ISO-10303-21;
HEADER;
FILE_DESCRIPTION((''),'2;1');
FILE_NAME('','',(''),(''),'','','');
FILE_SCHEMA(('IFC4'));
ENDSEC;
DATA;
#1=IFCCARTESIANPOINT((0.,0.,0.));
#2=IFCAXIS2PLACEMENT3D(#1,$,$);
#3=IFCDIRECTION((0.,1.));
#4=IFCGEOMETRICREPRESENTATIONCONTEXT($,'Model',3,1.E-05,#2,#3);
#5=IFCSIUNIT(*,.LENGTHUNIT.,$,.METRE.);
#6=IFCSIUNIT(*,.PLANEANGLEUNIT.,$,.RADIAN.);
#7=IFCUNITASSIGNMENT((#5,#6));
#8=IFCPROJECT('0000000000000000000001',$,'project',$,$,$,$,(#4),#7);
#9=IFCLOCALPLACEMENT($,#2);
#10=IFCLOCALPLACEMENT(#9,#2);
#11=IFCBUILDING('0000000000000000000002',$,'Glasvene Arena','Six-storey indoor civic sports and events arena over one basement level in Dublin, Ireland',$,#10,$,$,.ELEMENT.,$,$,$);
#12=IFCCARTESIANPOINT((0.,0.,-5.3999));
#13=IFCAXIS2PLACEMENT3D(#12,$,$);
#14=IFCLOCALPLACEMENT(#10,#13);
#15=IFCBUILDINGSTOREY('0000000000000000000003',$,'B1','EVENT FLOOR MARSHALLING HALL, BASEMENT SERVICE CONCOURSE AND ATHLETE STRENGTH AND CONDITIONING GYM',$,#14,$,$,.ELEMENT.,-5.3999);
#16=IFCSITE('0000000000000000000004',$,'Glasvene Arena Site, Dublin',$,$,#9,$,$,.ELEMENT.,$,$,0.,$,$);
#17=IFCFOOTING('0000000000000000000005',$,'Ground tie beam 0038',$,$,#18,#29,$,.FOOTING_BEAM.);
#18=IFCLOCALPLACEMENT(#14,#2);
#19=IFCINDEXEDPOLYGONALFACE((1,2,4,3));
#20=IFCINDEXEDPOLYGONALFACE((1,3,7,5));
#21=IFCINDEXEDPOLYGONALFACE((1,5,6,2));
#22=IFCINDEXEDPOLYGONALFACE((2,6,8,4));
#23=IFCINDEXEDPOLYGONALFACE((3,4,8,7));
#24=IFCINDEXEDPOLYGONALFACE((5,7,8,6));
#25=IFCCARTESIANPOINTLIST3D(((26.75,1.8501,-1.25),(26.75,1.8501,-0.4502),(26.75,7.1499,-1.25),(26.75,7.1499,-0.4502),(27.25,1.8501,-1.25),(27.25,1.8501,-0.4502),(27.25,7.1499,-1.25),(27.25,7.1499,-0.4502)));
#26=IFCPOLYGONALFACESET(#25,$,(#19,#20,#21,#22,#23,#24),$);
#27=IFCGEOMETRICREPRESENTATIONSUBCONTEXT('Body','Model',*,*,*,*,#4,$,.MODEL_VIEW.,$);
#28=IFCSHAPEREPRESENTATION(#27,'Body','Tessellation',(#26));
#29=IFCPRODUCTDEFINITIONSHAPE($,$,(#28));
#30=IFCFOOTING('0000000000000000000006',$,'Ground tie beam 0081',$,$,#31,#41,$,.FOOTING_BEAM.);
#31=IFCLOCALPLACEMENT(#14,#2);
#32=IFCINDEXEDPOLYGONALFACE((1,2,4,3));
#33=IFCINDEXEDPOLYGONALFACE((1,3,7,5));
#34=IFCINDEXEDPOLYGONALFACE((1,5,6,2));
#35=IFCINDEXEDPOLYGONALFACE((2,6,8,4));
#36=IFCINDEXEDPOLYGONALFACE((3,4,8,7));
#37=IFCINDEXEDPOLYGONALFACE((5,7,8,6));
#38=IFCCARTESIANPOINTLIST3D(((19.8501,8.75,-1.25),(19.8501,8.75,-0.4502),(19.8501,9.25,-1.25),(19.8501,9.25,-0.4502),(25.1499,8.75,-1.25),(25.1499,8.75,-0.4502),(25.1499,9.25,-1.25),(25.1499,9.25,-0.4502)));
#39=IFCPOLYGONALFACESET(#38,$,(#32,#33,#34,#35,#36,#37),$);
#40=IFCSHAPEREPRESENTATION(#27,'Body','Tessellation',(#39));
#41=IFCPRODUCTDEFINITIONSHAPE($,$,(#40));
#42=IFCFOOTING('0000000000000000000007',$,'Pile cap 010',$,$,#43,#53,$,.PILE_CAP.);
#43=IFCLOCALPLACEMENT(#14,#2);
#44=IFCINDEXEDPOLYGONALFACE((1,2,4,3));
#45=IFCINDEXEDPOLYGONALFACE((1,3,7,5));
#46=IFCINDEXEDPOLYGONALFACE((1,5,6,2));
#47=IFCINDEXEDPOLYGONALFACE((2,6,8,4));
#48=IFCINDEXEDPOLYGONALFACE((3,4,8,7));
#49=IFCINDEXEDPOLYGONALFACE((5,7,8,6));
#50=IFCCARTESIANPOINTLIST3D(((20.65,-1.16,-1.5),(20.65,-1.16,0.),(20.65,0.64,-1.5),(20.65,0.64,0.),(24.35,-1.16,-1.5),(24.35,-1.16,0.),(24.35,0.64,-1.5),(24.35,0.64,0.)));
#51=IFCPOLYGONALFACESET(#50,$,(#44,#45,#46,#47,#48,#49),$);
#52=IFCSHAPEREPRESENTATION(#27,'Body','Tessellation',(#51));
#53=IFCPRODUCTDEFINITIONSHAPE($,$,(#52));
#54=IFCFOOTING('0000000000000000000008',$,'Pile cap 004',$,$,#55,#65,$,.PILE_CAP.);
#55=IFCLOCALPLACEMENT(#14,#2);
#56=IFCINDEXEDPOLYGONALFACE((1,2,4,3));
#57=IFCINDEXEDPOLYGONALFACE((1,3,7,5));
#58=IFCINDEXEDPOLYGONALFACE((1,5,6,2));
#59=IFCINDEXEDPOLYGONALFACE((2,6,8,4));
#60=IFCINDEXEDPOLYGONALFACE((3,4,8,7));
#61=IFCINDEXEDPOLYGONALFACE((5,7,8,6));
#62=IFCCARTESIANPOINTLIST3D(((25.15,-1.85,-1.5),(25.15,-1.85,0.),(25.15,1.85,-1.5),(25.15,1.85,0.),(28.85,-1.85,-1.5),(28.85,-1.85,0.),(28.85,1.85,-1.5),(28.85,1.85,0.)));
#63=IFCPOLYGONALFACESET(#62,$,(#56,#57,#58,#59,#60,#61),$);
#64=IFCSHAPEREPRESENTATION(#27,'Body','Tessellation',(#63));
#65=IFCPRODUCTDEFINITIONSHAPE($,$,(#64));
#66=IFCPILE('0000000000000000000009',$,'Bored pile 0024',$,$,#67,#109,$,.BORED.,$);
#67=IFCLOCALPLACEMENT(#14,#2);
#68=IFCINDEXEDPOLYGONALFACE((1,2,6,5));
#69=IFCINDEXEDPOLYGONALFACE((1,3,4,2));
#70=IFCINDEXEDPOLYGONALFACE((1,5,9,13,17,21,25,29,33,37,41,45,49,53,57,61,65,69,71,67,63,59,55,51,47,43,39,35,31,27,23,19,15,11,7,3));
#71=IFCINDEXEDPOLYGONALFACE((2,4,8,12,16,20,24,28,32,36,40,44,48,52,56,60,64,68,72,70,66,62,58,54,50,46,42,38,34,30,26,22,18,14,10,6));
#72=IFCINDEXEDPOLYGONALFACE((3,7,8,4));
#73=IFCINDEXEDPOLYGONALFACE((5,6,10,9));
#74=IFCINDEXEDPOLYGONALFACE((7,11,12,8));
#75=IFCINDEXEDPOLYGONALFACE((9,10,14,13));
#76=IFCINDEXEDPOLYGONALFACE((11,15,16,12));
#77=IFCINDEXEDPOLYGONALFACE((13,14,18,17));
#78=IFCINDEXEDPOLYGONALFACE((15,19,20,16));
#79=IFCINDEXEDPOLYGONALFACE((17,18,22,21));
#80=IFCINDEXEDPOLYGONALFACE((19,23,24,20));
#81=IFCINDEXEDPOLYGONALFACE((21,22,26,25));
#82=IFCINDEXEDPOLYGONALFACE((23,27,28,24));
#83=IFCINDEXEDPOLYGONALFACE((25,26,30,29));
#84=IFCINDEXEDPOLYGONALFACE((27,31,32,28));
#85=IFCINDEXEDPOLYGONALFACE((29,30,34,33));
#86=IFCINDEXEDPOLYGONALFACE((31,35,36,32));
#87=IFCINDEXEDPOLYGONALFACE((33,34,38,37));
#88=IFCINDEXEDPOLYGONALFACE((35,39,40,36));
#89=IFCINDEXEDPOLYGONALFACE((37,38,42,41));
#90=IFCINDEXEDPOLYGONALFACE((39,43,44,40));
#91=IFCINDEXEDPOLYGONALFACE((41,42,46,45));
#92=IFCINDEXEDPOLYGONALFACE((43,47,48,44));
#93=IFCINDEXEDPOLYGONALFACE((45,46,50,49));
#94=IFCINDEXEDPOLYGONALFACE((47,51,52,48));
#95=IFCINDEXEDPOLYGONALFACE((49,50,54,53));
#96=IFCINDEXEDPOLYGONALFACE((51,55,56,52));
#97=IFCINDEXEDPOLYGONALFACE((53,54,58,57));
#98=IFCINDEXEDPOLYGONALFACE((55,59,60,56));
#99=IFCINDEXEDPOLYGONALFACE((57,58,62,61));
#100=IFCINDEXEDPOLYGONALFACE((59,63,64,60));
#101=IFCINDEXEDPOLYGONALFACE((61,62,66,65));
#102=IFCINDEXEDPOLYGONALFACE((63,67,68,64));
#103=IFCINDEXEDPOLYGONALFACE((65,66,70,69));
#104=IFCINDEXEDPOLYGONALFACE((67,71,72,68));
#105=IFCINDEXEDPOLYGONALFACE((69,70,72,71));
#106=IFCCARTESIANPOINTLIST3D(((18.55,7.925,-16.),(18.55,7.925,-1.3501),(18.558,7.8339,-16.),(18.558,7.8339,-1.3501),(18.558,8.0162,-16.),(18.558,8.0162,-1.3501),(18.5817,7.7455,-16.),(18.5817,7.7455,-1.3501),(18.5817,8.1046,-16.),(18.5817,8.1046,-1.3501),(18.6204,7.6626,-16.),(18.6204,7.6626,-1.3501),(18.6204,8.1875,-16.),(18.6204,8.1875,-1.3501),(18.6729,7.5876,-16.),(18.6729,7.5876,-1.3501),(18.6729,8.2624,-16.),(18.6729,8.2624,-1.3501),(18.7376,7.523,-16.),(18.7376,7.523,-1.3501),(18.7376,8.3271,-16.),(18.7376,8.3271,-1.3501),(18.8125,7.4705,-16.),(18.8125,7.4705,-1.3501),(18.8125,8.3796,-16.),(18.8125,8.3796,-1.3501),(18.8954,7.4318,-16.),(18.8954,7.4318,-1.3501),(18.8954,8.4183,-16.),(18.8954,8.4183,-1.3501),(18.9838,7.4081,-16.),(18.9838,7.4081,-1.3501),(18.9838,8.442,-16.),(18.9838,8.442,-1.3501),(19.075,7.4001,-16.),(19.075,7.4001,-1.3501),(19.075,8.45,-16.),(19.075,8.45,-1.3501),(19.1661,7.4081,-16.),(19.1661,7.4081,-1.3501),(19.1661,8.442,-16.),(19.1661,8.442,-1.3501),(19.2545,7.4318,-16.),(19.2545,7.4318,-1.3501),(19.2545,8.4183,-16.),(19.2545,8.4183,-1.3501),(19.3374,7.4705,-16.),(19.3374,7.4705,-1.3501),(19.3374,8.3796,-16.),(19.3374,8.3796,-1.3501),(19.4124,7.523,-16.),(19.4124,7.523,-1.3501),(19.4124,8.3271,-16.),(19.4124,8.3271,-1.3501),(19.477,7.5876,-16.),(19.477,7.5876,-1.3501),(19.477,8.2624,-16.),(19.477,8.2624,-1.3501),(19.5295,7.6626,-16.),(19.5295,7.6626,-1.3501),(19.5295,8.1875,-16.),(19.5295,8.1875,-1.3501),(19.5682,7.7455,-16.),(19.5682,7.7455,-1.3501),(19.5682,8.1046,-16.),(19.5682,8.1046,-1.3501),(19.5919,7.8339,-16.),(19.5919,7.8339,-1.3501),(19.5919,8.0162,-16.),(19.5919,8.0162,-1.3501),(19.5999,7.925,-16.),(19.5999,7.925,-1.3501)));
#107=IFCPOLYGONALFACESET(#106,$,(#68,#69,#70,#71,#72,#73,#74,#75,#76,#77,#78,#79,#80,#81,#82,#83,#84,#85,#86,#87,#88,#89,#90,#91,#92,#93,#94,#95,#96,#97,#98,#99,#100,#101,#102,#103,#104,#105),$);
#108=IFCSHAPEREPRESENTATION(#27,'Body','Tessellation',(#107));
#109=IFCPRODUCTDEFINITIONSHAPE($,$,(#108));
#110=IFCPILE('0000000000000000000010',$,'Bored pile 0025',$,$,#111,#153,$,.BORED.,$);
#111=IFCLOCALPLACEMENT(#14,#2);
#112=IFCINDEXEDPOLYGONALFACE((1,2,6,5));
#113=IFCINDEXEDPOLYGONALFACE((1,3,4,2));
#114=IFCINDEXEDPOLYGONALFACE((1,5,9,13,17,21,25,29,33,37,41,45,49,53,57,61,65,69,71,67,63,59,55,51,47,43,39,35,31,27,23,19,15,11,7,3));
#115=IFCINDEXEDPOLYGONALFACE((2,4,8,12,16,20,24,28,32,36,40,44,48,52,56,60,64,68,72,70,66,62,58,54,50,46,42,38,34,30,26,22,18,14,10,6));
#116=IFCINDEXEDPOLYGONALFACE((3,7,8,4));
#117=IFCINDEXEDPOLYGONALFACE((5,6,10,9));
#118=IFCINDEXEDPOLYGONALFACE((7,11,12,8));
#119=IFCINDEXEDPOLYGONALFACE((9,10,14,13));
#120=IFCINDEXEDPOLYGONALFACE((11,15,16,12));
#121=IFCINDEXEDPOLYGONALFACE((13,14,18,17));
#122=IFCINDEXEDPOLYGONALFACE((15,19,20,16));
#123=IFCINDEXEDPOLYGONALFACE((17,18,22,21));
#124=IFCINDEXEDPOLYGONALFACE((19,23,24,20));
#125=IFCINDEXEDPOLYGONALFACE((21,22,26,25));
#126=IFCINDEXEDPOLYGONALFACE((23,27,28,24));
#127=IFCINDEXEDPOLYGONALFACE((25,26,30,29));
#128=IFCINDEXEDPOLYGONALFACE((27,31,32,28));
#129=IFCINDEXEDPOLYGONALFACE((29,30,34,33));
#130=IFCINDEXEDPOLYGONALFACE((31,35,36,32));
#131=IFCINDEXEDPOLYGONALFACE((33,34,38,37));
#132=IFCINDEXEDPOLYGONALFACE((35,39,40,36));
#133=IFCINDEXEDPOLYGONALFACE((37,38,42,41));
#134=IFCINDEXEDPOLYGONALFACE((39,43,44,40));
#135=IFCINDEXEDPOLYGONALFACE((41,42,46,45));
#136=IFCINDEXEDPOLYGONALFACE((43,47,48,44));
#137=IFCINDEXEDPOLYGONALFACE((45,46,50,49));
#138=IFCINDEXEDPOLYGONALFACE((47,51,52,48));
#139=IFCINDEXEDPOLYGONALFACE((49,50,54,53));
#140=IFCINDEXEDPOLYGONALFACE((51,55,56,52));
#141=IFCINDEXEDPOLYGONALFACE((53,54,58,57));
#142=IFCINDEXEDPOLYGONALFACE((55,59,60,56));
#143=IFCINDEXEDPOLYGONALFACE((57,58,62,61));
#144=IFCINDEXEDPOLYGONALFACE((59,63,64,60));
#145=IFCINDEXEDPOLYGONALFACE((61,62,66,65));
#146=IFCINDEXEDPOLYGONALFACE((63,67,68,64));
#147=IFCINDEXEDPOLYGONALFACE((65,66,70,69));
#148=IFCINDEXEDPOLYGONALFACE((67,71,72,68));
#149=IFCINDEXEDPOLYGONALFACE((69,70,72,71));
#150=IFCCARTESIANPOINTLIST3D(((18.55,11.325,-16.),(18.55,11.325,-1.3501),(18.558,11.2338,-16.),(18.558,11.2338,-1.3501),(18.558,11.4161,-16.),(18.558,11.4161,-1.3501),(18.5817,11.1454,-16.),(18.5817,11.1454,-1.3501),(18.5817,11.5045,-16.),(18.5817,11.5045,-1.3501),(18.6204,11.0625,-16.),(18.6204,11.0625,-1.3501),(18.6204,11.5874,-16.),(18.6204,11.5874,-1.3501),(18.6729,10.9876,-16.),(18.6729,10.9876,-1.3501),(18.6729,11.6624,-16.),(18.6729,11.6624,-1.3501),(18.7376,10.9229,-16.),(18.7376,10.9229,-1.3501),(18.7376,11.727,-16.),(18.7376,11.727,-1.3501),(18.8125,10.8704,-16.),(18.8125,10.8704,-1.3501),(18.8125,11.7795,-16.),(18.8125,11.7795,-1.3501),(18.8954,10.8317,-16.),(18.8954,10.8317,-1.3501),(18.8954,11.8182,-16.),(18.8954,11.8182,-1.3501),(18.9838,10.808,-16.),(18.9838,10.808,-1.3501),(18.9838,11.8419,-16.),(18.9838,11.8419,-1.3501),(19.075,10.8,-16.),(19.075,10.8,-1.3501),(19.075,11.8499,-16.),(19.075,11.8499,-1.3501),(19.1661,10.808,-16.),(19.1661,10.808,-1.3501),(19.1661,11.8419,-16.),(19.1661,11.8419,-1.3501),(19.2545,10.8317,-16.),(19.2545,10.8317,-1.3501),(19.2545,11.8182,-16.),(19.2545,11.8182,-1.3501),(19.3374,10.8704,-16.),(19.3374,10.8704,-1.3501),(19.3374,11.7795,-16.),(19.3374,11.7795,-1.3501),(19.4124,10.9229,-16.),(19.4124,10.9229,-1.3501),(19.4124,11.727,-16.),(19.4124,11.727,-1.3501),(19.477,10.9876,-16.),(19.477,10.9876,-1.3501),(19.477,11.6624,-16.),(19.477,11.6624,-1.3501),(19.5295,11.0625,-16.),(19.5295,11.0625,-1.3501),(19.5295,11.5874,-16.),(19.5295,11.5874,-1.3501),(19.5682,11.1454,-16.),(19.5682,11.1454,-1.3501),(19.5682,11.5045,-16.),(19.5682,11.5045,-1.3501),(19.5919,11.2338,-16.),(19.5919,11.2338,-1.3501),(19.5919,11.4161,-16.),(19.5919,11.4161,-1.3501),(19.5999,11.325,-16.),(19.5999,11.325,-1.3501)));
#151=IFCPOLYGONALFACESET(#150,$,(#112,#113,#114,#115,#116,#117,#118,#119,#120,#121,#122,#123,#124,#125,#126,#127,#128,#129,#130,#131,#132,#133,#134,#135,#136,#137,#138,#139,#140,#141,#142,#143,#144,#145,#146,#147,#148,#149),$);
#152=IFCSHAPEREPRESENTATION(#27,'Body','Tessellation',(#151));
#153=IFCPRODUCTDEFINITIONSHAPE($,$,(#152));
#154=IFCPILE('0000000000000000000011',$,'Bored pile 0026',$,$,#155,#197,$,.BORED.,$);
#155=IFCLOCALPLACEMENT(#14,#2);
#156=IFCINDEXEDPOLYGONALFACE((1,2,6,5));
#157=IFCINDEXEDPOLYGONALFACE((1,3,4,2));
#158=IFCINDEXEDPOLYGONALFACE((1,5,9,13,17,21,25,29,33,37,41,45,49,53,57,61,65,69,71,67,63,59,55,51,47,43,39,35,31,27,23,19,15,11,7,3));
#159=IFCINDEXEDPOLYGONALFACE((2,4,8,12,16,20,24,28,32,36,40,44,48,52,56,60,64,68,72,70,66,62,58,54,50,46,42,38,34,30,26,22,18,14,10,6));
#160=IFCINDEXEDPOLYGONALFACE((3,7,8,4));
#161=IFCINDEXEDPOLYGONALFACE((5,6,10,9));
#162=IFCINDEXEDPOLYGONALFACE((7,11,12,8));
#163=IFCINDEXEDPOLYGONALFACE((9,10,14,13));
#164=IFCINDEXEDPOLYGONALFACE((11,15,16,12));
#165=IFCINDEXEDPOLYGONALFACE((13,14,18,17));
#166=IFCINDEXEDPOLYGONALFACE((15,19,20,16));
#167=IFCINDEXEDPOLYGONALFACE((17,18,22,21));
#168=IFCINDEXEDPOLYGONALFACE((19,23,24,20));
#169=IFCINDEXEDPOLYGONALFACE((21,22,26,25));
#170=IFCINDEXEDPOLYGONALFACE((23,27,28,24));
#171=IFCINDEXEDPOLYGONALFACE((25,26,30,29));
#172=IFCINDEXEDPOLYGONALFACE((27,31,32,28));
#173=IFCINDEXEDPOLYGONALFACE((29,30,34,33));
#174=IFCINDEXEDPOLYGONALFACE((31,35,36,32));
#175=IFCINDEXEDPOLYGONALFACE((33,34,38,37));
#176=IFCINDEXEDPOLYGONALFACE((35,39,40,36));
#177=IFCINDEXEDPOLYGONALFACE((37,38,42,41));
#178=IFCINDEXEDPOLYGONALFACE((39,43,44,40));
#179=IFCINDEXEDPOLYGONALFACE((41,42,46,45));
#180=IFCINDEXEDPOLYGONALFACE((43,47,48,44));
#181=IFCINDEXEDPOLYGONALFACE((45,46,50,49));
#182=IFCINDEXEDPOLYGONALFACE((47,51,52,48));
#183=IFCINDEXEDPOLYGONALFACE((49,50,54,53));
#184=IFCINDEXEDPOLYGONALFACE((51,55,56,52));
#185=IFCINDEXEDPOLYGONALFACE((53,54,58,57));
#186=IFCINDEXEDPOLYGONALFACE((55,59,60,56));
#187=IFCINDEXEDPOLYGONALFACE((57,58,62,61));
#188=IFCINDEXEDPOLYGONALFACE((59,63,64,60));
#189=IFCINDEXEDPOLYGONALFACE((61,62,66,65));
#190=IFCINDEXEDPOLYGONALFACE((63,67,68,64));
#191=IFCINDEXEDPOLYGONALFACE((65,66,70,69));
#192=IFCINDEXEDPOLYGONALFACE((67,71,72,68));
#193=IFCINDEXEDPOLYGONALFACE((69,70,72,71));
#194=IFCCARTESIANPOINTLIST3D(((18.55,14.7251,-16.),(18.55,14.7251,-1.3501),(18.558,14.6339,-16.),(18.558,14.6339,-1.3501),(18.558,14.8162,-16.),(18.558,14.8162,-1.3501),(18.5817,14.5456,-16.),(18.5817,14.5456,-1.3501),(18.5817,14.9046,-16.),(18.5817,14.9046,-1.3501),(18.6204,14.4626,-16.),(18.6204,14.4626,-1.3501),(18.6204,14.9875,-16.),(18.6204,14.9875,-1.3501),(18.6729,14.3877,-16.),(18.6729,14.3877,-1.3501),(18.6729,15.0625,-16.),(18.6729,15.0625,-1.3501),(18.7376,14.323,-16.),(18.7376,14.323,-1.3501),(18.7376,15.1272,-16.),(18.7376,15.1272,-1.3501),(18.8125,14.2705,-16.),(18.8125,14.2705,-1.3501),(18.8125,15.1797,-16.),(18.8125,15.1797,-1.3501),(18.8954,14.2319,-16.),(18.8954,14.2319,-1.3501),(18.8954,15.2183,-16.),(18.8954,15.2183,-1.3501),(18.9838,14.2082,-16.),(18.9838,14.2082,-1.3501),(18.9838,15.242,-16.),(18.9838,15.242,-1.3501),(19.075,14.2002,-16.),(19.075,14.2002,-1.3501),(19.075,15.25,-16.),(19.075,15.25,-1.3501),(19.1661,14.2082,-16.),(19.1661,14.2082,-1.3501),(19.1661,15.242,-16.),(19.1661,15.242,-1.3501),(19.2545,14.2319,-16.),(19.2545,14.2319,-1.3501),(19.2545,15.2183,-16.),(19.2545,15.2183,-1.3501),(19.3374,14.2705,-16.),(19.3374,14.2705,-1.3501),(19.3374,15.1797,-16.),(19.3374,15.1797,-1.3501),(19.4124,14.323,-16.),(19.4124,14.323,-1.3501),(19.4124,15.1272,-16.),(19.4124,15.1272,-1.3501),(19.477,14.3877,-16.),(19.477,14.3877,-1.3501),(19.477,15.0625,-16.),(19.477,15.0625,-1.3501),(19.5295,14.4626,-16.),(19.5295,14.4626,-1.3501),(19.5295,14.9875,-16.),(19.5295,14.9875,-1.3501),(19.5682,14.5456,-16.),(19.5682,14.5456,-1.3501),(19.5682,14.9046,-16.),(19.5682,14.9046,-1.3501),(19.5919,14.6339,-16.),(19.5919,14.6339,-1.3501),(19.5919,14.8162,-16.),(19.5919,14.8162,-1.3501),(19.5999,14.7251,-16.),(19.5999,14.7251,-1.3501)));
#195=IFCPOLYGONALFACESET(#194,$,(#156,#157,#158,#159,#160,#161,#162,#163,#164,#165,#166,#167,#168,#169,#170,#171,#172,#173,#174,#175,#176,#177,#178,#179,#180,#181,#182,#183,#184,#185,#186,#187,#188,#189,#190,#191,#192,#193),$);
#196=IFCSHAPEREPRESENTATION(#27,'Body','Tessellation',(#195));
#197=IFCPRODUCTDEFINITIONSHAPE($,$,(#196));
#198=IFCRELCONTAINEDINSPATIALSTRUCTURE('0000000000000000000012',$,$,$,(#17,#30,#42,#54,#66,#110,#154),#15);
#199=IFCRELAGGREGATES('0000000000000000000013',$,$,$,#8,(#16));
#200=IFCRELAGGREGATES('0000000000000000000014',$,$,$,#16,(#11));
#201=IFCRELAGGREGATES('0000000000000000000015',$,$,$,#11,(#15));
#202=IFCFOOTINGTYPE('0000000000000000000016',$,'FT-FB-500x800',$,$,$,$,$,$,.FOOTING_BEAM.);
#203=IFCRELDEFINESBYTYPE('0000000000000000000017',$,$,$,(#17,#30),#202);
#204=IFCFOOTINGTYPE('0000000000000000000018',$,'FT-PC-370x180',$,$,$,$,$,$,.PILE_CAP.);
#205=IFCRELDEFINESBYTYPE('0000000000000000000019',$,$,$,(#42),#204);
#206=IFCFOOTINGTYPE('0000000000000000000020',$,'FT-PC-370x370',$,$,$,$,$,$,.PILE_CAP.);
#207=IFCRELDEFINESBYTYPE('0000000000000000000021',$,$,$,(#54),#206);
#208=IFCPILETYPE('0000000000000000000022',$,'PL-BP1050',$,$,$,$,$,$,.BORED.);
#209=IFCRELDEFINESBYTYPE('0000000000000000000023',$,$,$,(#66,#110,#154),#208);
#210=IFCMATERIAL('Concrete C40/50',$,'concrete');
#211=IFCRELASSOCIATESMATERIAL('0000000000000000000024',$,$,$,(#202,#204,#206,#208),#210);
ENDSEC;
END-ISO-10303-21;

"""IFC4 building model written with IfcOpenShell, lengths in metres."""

from ifc_helpers import new_model, si_unit, direction, frame, origin, origin_2d, place, context, subcontext, project, spatial, polyline, rectangle, circle, outline, extrude, material, material_profile, profile_set, type_object, element, save


model = new_model("IFC4")

# Units and contexts
model_context = context("Model", 3, precision=1e-05, world=origin(), true_north=direction((0.0, 1.0)))
body_context = subcontext(model_context, "Body", "Model", "MODEL_VIEW")
ifc_project = project(units=[si_unit("LENGTHUNIT", "METRE"), si_unit("PLANEANGLEUNIT", "RADIAN")], contexts=[model_context])

# Site, building, storey
site_placement = place(None, origin())
site = spatial("IfcSite", under=ifc_project, at=site_placement, Name="Glasvene Arena Site, Dublin", CompositionType="ELEMENT", RefElevation=0.0)
building_placement = place(site_placement, origin())
building = spatial("IfcBuilding", under=site, at=building_placement, Name="Glasvene Arena", Description="Six-storey indoor civic sports and events arena over one basement level in Dublin, Ireland", CompositionType="ELEMENT")
storey_placement = place(building_placement, frame((0.0, 0.0, -5.3999)))
storey = spatial("IfcBuildingStorey", under=building, at=storey_placement, Name="B1", Description="EVENT FLOOR MARSHALLING HALL, BASEMENT SERVICE CONCOURSE AND ATHLETE STRENGTH AND CONDITIONING GYM", CompositionType="ELEMENT", Elevation=-5.3999)

# Footings
ifc_material_1 = material(Name="Concrete C40/50", Category="concrete")
footing_type_1 = type_object("IfcFootingType", Name="FT-FB-500x800", PredefinedType="FOOTING_BEAM", material=ifc_material_1)
footing_1_placement = place(storey_placement, frame((27.0, 4.5, -1.25)))
element("IfcFooting", 1, at=footing_1_placement, inside=storey, type_object=footing_type_1, Name="Ground tie beam 0038", PredefinedType="FOOTING_BEAM", context=body_context, shape_type="SweptSolid", body=[
    extrude(outline(polyline([(-0.25, -2.6499), (0.25, -2.6499), (0.25, 2.6499), (-0.25, 2.6499), (-0.25, -2.6499)])), origin(), (0.0, 0.0, 1.0), 0.7998),
])
footing_2_placement = place(storey_placement, frame((22.5, 9.0, -1.25)))
element("IfcFooting", 2, at=footing_2_placement, inside=storey, type_object=footing_type_1, Name="Ground tie beam 0081", PredefinedType="FOOTING_BEAM", context=body_context, shape_type="SweptSolid", body=[
    extrude(outline(polyline([(-2.6499, -0.25), (2.6499, -0.25), (2.6499, 0.25), (-2.6499, 0.25), (-2.6499, -0.25)])), origin(), (0.0, 0.0, 1.0), 0.7998),
])
footing_type_2 = type_object("IfcFootingType", Name="FT-PC-370x180", PredefinedType="PILE_CAP", material=ifc_material_1)
footing_3_placement = place(storey_placement, frame((22.5, -0.26, -1.5), z_axis=(0.0, 0.0, 1.0), x_axis=(1.0, 0.0, 0.0)))
element("IfcFooting", 3, at=footing_3_placement, inside=storey, type_object=footing_type_2, Name="Pile cap 010", PredefinedType="PILE_CAP", context=body_context, shape_type="SweptSolid", body=[
    extrude(rectangle(XDim=3.7, YDim=1.8, at=origin_2d()), origin(), (0.0, 0.0, 1.0), 1.5),
])
footing_type_3 = type_object("IfcFootingType", Name="FT-PC-370x370", PredefinedType="PILE_CAP", material=ifc_material_1)
footing_4_placement = place(storey_placement, frame((27.0, 0.0, -1.5), z_axis=(0.0, 0.0, 1.0), x_axis=(1.0, 0.0, 0.0)))
element("IfcFooting", 4, at=footing_4_placement, inside=storey, type_object=footing_type_3, Name="Pile cap 004", PredefinedType="PILE_CAP", context=body_context, shape_type="SweptSolid", body=[
    extrude(rectangle(XDim=3.7, YDim=3.7, at=origin_2d()), origin(), (0.0, 0.0, 1.0), 1.5),
])

# Piles
ifc_material_profile_1 = material_profile(ifc_material_1, circle(Radius=0.5249, at=origin_2d()), Name="BORED PILE 1050")
ifc_profile_set_1 = profile_set([ifc_material_profile_1], Name="Concrete C40/50")
pile_type_1 = type_object("IfcPileType", Name="PL-BP1050", PredefinedType="BORED", material=ifc_profile_set_1)
for number, where, z_axis, x_axis, name in (
    (5, (19.075, 7.925, -1.3501), (0.0, 0.0, -1.0), (1.0, 0.0, 0.0), "Bored pile 0024"),
    (6, (19.075, 11.325, -1.3501), (0.0, 0.0, -1.0), (1.0, 0.0, 0.0), "Bored pile 0025"),
    (7, (19.075, 14.7251, -1.3501), (0.0, 0.0, -1.0), (1.0, 0.0, 0.0), "Bored pile 0026"),
):
    element("IfcPile", number, at=place(storey_placement, frame(where, z_axis=z_axis, x_axis=x_axis)), inside=storey, type_object=pile_type_1, Name=name, PredefinedType="BORED", context=body_context, shape_type="SweptSolid", body=[
        extrude(circle(Radius=0.5249, at=origin_2d()), origin(), (0.0, 0.0, 1.0), 14.6499),
    ])

save(model, "model.ifc")
